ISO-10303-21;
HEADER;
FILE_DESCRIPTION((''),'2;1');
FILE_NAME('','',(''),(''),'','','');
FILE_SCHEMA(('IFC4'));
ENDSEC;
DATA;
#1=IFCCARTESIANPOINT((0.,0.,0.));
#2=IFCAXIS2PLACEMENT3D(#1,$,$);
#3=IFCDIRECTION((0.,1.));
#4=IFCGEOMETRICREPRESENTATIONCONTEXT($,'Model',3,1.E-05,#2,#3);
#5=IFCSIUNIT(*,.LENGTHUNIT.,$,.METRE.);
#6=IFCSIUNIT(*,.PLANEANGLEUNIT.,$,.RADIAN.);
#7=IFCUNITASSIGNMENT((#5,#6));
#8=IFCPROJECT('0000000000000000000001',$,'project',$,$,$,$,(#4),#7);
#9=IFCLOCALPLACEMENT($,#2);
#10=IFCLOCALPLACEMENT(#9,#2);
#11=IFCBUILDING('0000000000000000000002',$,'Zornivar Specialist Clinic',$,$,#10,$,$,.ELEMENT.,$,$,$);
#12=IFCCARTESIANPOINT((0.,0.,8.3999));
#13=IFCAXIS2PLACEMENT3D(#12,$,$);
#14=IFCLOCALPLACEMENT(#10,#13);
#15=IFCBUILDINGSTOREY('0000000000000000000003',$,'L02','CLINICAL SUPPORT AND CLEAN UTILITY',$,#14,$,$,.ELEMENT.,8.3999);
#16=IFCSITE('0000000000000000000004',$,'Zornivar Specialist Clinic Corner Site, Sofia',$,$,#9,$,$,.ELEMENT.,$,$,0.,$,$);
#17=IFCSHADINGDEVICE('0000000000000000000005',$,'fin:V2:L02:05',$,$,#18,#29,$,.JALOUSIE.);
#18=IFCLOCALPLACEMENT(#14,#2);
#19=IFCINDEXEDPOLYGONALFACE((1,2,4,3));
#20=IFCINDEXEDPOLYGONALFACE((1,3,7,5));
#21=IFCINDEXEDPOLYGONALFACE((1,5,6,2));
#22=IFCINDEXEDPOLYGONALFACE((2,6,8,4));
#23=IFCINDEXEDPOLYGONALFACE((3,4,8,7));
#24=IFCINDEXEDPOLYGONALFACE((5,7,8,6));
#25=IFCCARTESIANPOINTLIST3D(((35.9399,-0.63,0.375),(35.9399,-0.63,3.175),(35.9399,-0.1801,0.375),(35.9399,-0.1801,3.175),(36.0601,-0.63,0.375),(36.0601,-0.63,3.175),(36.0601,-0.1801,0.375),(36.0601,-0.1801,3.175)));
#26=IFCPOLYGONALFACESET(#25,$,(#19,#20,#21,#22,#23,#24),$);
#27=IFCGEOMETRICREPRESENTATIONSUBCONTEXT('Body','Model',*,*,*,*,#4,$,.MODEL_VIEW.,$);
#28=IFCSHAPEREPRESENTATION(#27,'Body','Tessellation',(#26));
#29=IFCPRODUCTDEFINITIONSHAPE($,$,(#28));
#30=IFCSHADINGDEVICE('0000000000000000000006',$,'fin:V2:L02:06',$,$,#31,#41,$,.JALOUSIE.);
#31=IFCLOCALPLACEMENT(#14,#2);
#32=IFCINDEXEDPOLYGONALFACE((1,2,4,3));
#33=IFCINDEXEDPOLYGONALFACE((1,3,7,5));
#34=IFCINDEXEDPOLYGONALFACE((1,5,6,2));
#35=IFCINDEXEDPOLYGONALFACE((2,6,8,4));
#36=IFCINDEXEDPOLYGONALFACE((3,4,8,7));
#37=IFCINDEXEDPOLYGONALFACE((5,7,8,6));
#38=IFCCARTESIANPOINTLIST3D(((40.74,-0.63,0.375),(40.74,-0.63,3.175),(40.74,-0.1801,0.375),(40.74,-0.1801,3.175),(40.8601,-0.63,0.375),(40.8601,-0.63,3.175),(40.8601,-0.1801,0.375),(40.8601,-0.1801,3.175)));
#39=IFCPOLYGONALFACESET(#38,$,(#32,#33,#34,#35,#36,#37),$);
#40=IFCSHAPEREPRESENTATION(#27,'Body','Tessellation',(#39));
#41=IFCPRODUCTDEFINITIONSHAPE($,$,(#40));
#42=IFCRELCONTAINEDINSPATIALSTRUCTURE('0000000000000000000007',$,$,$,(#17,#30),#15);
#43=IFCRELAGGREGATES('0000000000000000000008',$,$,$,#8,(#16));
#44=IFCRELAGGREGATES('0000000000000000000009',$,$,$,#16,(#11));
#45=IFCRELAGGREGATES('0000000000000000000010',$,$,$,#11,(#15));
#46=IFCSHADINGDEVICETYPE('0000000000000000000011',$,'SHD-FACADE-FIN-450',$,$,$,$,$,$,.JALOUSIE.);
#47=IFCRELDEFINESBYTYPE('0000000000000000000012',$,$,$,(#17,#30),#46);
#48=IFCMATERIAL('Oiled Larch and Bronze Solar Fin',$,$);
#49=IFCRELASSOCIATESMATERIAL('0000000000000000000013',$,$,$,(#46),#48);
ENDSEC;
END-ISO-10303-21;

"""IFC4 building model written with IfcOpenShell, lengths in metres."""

from ifc_helpers import new_model, si_unit, direction, frame, origin, origin_2d, place, context, subcontext, project, spatial, rectangle, extrude, material, type_object, element, save


model = new_model("IFC4")

# Units and contexts
model_context = context("Model", 3, precision=1e-05, world=origin(), true_north=direction((0.0, 1.0)))
body_context = subcontext(model_context, "Body", "Model", "MODEL_VIEW")
ifc_project = project(units=[si_unit("LENGTHUNIT", "METRE"), si_unit("PLANEANGLEUNIT", "RADIAN")], contexts=[model_context])

# Site, building, storey
site_placement = place(None, origin())
site = spatial("IfcSite", under=ifc_project, at=site_placement, Name="Zornivar Specialist Clinic Corner Site, Sofia", CompositionType="ELEMENT", RefElevation=0.0)
building_placement = place(site_placement, origin())
building = spatial("IfcBuilding", under=site, at=building_placement, Name="Zornivar Specialist Clinic", CompositionType="ELEMENT")
storey_placement = place(building_placement, frame((0.0, 0.0, 8.3999)))
storey = spatial("IfcBuildingStorey", under=building, at=storey_placement, Name="L02", Description="CLINICAL SUPPORT AND CLEAN UTILITY", CompositionType="ELEMENT", Elevation=8.3999)

# Shading devices
ifc_material_1 = material(Name="Oiled Larch and Bronze Solar Fin")
shading_device_type = type_object("IfcShadingDeviceType", Name="SHD-FACADE-FIN-450", PredefinedType="JALOUSIE", material=ifc_material_1)
for number, where, z_axis, x_axis, name in (
    (1, (36.0, -0.405, 0.375), (0.0, 0.0, 1.0), (1.0, 0.0, 0.0), "fin:V2:L02:05"),
    (2, (40.8, -0.405, 0.375), (0.0, 0.0, 1.0), (1.0, 0.0, 0.0), "fin:V2:L02:06"),
):
    element("IfcShadingDevice", number, at=place(storey_placement, frame(where, z_axis=z_axis, x_axis=x_axis)), inside=storey, type_object=shading_device_type, Name=name, PredefinedType="JALOUSIE", context=body_context, shape_type="SweptSolid", body=[
        extrude(rectangle(XDim=0.1201, YDim=0.45, at=origin_2d()), origin(), (0.0, 0.0, 1.0), 2.8),
    ])

save(model, "model.ifc")
